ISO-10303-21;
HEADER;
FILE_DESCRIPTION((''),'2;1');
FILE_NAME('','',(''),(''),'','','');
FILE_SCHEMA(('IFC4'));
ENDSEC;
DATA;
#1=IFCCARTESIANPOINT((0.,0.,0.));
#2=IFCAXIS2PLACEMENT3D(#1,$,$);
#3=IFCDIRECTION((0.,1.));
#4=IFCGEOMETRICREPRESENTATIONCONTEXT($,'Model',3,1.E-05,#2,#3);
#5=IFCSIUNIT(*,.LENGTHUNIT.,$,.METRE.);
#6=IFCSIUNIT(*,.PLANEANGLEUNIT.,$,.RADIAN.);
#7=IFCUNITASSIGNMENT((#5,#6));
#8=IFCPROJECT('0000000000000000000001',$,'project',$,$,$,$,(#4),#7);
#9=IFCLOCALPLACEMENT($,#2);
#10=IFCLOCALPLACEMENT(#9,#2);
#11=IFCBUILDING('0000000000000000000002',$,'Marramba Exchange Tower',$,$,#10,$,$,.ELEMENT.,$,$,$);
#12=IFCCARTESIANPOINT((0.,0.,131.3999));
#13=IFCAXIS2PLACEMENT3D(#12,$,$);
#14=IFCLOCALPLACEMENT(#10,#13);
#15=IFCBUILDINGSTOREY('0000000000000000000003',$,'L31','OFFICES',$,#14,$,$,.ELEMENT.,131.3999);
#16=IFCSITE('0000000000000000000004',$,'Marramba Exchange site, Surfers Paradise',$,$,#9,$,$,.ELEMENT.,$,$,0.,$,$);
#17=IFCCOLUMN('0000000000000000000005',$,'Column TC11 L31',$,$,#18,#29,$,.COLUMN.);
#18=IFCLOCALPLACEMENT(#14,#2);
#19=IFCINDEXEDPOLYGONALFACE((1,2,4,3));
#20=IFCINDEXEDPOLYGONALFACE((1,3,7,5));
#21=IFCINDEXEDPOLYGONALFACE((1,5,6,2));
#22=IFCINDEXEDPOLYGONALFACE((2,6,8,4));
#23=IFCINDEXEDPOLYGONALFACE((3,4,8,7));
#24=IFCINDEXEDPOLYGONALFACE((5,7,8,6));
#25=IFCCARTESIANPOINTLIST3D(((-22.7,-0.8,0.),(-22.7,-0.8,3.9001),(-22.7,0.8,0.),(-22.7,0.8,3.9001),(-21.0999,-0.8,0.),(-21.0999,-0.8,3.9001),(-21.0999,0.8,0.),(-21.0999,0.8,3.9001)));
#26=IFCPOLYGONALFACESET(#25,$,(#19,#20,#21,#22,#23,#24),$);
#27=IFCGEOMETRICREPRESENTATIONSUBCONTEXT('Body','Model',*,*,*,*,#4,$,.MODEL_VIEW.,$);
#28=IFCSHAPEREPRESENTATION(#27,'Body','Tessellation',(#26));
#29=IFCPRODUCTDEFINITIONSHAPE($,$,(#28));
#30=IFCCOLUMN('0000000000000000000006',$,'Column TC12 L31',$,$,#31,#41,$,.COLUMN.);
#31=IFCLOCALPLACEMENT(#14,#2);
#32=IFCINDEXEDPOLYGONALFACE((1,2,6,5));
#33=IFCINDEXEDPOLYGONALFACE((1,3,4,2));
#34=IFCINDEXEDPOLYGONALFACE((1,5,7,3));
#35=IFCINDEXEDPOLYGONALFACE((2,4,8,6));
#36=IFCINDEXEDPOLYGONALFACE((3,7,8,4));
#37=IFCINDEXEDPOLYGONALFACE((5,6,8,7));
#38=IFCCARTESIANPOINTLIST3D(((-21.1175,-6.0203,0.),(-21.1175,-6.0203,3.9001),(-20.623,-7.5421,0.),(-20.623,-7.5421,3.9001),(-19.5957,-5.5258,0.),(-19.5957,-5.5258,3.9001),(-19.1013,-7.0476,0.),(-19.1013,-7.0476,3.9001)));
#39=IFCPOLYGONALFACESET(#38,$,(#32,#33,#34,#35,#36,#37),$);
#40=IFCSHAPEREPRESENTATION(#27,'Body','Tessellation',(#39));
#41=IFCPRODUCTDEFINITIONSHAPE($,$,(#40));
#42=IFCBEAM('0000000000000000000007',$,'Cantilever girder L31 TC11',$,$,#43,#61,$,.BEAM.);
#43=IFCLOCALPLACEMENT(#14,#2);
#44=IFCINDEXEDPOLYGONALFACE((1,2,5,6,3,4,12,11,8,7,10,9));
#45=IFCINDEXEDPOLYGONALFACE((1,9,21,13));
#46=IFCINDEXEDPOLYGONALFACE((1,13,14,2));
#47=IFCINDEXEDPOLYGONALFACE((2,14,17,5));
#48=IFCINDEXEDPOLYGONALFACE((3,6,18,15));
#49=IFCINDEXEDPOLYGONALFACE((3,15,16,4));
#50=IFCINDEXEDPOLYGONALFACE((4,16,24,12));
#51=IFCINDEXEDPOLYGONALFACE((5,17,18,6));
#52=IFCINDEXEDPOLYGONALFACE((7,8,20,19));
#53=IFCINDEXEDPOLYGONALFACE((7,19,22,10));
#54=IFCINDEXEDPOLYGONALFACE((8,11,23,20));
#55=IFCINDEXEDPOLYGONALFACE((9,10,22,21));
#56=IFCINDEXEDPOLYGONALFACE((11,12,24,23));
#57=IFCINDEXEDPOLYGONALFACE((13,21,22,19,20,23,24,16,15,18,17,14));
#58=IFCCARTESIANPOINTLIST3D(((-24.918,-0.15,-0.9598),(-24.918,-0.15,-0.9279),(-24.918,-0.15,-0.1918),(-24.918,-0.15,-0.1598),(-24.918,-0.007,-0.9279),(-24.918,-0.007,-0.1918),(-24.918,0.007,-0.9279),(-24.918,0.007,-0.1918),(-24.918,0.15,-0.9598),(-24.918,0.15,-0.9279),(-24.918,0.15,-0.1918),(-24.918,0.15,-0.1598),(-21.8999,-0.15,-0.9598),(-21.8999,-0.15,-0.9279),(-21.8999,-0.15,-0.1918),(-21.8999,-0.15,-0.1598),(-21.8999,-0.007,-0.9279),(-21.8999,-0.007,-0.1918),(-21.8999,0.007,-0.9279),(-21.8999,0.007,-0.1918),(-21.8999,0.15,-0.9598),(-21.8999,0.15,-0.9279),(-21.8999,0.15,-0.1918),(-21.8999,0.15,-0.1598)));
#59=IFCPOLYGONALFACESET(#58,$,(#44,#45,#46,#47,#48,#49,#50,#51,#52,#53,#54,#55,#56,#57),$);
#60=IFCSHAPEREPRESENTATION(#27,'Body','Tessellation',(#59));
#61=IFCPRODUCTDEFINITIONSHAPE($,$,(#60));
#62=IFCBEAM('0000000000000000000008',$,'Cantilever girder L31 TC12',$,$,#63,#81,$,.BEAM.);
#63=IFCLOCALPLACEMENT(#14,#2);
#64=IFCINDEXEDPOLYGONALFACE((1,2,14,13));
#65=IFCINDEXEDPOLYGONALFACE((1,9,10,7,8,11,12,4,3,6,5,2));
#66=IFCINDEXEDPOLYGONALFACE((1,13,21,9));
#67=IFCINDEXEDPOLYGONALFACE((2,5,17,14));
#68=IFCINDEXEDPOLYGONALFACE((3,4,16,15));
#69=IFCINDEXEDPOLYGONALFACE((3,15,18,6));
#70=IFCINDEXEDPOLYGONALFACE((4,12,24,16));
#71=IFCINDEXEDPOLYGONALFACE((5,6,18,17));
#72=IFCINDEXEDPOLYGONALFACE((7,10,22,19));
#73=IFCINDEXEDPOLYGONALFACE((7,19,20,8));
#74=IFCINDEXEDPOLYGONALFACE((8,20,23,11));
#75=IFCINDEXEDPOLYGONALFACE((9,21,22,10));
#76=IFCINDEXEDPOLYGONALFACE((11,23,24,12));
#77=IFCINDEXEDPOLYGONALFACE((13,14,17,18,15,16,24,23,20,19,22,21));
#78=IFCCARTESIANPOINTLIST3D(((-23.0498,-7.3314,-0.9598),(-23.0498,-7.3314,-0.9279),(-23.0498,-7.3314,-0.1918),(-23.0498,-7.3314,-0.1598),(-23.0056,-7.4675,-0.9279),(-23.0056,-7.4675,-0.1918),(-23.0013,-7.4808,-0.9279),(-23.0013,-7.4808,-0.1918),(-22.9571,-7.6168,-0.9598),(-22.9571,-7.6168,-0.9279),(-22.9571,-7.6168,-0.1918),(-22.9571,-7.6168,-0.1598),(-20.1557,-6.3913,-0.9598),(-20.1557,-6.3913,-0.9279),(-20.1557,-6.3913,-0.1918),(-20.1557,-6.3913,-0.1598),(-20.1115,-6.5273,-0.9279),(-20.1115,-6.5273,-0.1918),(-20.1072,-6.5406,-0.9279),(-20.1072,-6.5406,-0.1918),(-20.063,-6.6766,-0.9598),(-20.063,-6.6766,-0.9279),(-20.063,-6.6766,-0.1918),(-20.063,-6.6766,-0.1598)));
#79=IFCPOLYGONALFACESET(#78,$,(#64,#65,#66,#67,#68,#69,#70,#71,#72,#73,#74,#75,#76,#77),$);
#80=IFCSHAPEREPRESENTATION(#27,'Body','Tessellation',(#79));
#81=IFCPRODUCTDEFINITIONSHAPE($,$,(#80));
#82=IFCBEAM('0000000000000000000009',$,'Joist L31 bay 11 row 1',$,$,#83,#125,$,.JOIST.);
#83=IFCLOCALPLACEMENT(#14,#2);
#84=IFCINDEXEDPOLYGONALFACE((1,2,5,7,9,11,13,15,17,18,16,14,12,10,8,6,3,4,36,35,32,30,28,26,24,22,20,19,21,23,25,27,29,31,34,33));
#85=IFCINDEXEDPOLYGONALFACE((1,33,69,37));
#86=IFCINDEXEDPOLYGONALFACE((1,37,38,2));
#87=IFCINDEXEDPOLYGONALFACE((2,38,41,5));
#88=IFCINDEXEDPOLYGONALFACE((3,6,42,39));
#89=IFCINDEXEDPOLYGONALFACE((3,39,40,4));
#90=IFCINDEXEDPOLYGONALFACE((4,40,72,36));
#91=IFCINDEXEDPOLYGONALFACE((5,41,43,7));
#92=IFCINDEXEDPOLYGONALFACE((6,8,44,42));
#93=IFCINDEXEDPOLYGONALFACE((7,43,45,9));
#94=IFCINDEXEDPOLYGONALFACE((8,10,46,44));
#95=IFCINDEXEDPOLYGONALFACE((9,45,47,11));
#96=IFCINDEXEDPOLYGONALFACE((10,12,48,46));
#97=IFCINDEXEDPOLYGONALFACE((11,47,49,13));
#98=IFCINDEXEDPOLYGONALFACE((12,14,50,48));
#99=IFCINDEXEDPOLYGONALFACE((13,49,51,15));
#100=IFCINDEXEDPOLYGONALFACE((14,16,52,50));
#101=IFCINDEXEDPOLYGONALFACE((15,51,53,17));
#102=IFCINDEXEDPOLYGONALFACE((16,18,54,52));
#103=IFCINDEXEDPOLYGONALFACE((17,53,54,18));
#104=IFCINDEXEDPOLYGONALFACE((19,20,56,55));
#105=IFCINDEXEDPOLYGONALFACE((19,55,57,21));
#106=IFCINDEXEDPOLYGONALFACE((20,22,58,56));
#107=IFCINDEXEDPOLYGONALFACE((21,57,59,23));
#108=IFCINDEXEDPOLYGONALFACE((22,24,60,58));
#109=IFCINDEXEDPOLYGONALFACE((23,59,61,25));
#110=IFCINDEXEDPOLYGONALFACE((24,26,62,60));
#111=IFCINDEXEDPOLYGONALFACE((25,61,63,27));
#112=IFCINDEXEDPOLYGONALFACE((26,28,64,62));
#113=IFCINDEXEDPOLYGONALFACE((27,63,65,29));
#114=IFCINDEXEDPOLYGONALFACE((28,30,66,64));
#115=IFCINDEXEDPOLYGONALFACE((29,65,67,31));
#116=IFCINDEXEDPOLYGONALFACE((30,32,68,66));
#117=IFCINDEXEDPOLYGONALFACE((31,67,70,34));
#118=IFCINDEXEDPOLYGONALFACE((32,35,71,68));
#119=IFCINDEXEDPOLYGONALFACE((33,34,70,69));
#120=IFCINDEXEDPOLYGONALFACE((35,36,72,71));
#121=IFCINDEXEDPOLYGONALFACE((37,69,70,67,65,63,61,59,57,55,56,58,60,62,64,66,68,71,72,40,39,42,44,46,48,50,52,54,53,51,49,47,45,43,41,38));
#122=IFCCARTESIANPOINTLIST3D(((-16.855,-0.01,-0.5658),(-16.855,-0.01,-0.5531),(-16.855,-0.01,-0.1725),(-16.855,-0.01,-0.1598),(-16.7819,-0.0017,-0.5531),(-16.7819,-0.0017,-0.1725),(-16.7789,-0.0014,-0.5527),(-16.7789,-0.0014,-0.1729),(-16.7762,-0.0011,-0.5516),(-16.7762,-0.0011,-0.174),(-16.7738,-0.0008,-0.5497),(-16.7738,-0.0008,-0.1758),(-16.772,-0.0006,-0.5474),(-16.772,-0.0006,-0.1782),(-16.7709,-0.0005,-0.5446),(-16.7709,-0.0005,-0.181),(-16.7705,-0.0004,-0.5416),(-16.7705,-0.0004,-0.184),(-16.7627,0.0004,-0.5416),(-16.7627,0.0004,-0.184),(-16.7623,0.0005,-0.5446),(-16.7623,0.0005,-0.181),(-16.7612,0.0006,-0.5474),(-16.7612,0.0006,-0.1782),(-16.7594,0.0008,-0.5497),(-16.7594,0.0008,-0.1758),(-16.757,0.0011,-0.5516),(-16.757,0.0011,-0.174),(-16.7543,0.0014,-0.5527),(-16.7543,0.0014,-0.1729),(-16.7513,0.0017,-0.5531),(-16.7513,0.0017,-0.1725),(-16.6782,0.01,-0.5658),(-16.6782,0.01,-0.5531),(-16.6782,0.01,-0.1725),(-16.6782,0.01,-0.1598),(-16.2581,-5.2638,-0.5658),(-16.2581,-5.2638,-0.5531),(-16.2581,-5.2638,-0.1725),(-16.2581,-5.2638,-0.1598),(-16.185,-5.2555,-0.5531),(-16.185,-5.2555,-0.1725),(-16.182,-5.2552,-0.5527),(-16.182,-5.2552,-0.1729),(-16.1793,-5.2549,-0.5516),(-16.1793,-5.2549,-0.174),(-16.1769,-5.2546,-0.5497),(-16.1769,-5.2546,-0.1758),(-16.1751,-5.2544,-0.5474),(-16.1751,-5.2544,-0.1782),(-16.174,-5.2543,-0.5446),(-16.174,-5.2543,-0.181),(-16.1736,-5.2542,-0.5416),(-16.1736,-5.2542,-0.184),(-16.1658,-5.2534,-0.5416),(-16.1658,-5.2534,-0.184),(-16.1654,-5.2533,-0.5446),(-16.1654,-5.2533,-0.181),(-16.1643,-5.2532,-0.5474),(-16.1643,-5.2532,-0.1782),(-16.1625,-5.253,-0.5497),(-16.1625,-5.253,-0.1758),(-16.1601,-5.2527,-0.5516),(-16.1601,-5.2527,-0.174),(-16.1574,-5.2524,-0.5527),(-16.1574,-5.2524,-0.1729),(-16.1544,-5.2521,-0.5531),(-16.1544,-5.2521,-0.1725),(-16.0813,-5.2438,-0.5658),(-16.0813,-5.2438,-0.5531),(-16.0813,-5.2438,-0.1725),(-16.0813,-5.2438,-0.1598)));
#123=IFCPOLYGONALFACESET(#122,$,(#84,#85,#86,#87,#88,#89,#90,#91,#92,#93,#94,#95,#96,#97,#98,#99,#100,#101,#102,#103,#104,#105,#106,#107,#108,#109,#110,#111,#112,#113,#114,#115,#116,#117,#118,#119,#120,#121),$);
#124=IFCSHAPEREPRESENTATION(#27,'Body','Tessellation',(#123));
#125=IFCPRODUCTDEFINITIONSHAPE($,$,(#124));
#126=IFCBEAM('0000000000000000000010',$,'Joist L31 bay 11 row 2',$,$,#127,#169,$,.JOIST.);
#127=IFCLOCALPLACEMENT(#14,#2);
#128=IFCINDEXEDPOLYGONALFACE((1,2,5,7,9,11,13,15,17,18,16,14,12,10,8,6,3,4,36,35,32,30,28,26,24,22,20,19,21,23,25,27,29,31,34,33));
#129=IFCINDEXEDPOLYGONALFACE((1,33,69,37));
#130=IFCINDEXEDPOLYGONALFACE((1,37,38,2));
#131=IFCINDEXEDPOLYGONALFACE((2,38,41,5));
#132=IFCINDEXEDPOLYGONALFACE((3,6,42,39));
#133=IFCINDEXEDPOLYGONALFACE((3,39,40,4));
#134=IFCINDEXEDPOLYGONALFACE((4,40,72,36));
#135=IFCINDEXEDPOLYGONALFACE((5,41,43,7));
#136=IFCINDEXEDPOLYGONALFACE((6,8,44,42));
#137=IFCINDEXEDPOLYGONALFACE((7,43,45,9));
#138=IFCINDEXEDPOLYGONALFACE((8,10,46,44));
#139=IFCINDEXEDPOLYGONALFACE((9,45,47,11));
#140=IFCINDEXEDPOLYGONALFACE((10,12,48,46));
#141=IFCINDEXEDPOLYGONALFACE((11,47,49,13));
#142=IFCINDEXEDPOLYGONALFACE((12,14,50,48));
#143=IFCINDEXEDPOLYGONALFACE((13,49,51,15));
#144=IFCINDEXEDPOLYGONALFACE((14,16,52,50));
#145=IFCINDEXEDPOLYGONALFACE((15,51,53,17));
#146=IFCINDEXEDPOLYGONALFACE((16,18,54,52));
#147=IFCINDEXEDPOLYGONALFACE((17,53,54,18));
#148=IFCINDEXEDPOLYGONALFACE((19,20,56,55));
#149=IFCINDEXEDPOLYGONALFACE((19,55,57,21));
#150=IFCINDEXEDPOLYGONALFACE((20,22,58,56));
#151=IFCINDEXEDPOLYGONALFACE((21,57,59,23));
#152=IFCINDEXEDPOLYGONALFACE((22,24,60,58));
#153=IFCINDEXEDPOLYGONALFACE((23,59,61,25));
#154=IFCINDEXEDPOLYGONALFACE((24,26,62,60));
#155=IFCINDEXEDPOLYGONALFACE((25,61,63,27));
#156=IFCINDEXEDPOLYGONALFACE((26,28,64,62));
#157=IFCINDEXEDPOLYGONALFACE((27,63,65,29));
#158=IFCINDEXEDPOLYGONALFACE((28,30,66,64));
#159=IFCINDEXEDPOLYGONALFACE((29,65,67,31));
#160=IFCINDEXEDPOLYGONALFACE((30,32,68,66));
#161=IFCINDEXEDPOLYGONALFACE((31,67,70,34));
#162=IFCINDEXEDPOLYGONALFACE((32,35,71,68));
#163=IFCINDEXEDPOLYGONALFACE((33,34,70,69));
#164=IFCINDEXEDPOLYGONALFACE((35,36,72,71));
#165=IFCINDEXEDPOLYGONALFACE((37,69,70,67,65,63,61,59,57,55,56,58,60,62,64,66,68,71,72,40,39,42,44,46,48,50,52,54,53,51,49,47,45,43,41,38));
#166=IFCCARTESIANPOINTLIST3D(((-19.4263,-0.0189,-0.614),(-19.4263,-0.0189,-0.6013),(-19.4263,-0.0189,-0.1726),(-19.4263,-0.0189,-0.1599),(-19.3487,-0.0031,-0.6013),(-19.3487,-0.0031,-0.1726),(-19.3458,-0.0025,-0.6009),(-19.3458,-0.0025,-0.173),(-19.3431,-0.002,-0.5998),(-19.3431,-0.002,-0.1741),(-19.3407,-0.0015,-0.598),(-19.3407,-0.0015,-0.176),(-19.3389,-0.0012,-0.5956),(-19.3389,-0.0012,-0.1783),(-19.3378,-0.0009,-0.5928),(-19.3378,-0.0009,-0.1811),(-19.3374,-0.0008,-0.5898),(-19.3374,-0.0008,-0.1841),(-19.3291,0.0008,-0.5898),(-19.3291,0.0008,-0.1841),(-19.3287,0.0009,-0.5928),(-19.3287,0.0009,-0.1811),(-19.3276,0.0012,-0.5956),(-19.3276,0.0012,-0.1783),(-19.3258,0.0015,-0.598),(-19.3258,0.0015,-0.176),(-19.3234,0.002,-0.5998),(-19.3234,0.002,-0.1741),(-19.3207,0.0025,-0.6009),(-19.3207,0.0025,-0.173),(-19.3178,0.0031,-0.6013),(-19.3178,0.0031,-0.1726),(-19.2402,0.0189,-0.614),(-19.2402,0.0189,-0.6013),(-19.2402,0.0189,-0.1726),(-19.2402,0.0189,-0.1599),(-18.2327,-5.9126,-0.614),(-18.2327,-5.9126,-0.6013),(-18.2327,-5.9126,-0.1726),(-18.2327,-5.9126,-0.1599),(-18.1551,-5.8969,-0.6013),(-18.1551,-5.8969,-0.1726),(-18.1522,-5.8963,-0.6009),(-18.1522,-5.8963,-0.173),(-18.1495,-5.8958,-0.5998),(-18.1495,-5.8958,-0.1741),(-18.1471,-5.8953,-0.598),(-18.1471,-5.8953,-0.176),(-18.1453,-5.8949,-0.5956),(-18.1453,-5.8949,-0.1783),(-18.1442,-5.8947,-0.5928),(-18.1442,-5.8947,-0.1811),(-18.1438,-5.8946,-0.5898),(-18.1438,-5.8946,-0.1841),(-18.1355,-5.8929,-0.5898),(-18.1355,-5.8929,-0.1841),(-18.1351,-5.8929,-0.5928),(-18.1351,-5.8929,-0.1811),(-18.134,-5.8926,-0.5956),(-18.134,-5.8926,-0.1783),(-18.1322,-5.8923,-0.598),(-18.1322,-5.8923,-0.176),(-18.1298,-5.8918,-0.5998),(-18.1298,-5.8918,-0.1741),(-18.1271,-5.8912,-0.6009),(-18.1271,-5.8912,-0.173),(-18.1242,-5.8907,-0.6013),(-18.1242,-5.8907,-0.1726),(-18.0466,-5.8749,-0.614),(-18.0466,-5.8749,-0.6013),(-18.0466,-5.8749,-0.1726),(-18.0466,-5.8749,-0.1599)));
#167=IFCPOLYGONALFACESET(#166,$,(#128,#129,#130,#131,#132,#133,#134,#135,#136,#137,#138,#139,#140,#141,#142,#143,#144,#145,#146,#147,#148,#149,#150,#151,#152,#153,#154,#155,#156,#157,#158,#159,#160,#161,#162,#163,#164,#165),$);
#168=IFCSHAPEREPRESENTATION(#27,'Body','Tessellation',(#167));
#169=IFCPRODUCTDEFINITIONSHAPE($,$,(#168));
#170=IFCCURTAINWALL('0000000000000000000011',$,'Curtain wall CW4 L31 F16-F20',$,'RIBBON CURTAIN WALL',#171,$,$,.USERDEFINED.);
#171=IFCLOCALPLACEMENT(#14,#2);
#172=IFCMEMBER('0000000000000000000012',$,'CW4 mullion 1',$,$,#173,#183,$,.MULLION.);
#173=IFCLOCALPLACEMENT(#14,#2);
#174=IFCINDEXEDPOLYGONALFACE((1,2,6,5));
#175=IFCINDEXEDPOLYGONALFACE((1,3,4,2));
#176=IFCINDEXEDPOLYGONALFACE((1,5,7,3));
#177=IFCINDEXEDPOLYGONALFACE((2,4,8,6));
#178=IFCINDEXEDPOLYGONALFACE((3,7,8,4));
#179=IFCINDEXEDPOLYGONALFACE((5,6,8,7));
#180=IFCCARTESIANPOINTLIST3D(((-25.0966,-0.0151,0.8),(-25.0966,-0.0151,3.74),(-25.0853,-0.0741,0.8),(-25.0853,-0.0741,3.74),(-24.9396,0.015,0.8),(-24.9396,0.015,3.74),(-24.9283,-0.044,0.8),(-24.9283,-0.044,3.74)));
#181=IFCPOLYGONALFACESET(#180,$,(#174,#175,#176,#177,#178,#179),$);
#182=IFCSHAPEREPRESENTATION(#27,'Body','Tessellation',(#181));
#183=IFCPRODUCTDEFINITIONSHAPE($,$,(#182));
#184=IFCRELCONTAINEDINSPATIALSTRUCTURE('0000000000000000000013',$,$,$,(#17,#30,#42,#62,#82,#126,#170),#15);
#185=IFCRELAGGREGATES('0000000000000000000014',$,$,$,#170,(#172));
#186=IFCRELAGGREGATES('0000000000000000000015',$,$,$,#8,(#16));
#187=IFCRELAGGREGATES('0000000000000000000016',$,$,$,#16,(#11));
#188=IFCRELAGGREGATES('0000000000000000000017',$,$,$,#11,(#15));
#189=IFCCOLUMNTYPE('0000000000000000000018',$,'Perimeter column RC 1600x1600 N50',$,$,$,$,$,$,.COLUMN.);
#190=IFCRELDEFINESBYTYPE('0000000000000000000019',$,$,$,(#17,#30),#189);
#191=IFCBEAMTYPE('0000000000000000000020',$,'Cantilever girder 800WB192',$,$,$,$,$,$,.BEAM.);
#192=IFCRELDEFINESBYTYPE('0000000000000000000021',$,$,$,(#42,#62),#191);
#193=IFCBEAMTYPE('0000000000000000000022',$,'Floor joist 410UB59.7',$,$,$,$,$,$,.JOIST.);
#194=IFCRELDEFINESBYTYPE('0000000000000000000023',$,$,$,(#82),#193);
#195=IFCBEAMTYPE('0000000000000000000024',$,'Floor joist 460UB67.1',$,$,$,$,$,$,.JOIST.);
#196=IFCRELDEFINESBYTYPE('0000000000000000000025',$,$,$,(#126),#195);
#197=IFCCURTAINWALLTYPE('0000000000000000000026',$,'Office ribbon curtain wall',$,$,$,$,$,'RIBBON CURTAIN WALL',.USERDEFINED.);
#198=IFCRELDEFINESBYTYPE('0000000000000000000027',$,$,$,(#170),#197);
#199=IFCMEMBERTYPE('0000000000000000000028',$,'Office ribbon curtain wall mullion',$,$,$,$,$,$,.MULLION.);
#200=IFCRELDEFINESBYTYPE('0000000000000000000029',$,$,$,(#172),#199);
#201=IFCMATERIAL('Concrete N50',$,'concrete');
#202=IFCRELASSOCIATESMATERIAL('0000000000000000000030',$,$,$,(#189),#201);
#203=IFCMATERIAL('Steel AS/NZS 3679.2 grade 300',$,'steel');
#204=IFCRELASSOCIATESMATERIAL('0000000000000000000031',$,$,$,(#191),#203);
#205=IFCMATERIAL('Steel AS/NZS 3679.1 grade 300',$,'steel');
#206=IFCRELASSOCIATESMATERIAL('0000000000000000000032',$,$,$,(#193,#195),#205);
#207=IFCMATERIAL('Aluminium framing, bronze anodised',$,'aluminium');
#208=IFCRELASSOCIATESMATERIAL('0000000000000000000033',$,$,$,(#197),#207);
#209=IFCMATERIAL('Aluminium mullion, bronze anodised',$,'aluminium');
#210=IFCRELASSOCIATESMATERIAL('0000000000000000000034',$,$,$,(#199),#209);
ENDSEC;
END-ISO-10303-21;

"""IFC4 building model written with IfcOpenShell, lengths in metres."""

from ifc_helpers import new_model, si_unit, direction, frame, origin, origin_2d, place, context, subcontext, project, spatial, rectangle, i_section, extrude, material, material_profile, profile_set, type_object, element, aggregate, save


model = new_model("IFC4")

# Units and contexts
model_context = context("Model", 3, precision=1e-05, world=origin(), true_north=direction((0.0, 1.0)))
body_context = subcontext(model_context, "Body", "Model", "MODEL_VIEW")
ifc_project = project(units=[si_unit("LENGTHUNIT", "METRE"), si_unit("PLANEANGLEUNIT", "RADIAN")], contexts=[model_context])

# Site, building, storey
site_placement = place(None, origin())
site = spatial("IfcSite", under=ifc_project, at=site_placement, Name="Marramba Exchange site, Surfers Paradise", CompositionType="ELEMENT", RefElevation=0.0)
building_placement = place(site_placement, origin())
building = spatial("IfcBuilding", under=site, at=building_placement, Name="Marramba Exchange Tower", CompositionType="ELEMENT")
storey_placement = place(building_placement, frame((0.0, 0.0, 131.3999)))
storey = spatial("IfcBuildingStorey", under=building, at=storey_placement, Name="L31", Description="OFFICES", CompositionType="ELEMENT", Elevation=131.3999)

# Columns
ifc_material_1 = material(Name="Concrete N50", Category="concrete")
ifc_material_profile_1 = material_profile(ifc_material_1, rectangle(XDim=1.6001, YDim=1.6001, at=origin_2d()), Name="RC 1600x1600")
ifc_profile_set_1 = profile_set([ifc_material_profile_1], Name="Concrete N50")
column_type = type_object("IfcColumnType", Name="Perimeter column RC 1600x1600 N50", PredefinedType="COLUMN", material=ifc_profile_set_1)
for number, where, z_axis, x_axis, name in (
    (1, (-21.8999, 0.0, 0.0), (0.0, 0.0, 1.0), (-1.0, 0.0, 0.0), "Column TC11 L31"),
    (2, (-20.1094, -6.5339, 0.0), (0.0, 0.0, 1.0), (-0.951057, -0.309017, 0.0), "Column TC12 L31"),
):
    element("IfcColumn", number, at=place(storey_placement, frame(where, z_axis=z_axis, x_axis=x_axis)), inside=storey, type_object=column_type, Name=name, PredefinedType="COLUMN", context=body_context, shape_type="SweptSolid", body=[
        extrude(rectangle(XDim=1.6001, YDim=1.6001, at=origin_2d()), origin(), (0.0, 0.0, 1.0), 3.9001),
    ])

# Beams
ifc_material_2 = material(Name="Steel AS/NZS 3679.2 grade 300", Category="steel")
ifc_material_profile_2 = material_profile(ifc_material_2, i_section(OverallWidth=0.3, OverallDepth=0.8, WebThickness=0.0139, FlangeThickness=0.032, at=origin_2d()), Name="800WB192")
ifc_profile_set_2 = profile_set([ifc_material_profile_2], Name="Steel AS/NZS 3679.2 grade 300")
beam_type_1 = type_object("IfcBeamType", Name="Cantilever girder 800WB192", PredefinedType="BEAM", material=ifc_profile_set_2)
beam_1_placement = place(storey_placement, frame((-21.8999, 0.0, -0.5598), z_axis=(-1.0, 0.0, 0.0), x_axis=(0.0, -1.0, 0.0)))
element("IfcBeam", 3, at=beam_1_placement, inside=storey, type_object=beam_type_1, Name="Cantilever girder L31 TC11", PredefinedType="BEAM", context=body_context, shape_type="SweptSolid", body=[
    extrude(i_section(OverallWidth=0.3, OverallDepth=0.8, WebThickness=0.0139, FlangeThickness=0.032, at=origin_2d()), origin(), (0.0, 0.0, 1.0), 3.0181),
])
beam_2_placement = place(storey_placement, frame((-20.1094, -6.5339, -0.5598), z_axis=(-0.951071, -0.308974, 0.0), x_axis=(0.308974, -0.951071, 0.0)))
element("IfcBeam", 4, at=beam_2_placement, inside=storey, type_object=beam_type_1, Name="Cantilever girder L31 TC12", PredefinedType="BEAM", context=body_context, shape_type="SweptSolid", body=[
    extrude(i_section(OverallWidth=0.3, OverallDepth=0.8, WebThickness=0.0139, FlangeThickness=0.032, at=origin_2d()), origin(), (0.0, 0.0, 1.0), 3.043),
])
ifc_material_3 = material(Name="Steel AS/NZS 3679.1 grade 300", Category="steel")
ifc_material_profile_3 = material_profile(ifc_material_3, i_section(OverallWidth=0.178, OverallDepth=0.406, WebThickness=0.0078, FlangeThickness=0.0127, FilletRadius=0.0115, at=origin_2d()), Name="410UB59.7")
ifc_profile_set_3 = profile_set([ifc_material_profile_3], Name="Steel AS/NZS 3679.1 grade 300")
beam_type_2 = type_object("IfcBeamType", Name="Floor joist 410UB59.7", PredefinedType="JOIST", material=ifc_profile_set_3)
beam_3_placement = place(storey_placement, frame((-16.7666, 0.0, -0.3628), z_axis=(0.112889, -0.993608, 0.0), x_axis=(0.993608, 0.112889, 0.0)))
element("IfcBeam", 5, at=beam_3_placement, inside=storey, type_object=beam_type_2, Name="Joist L31 bay 11 row 1", PredefinedType="JOIST", context=body_context, shape_type="SweptSolid", body=[
    extrude(i_section(OverallWidth=0.178, OverallDepth=0.406, WebThickness=0.0078, FlangeThickness=0.0127, FilletRadius=0.0115, at=origin_2d()), origin(), (0.0, 0.0, 1.0), 5.2876),
])
ifc_material_profile_4 = material_profile(ifc_material_3, i_section(OverallWidth=0.1899, OverallDepth=0.4541, WebThickness=0.0085, FlangeThickness=0.0127, FilletRadius=0.0115, at=origin_2d()), Name="460UB67.1")
ifc_profile_set_4 = profile_set([ifc_material_profile_4], Name="Steel AS/NZS 3679.1 grade 300")
beam_type_3 = type_object("IfcBeamType", Name="Floor joist 460UB67.1", PredefinedType="JOIST", material=ifc_profile_set_4)
beam_4_placement = place(storey_placement, frame((-19.3333, 0.0, -0.387), z_axis=(0.198489, -0.980103, 0.0), x_axis=(0.980103, 0.198489, 0.0)))
element("IfcBeam", 6, at=beam_4_placement, inside=storey, type_object=beam_type_3, Name="Joist L31 bay 11 row 2", PredefinedType="JOIST", context=body_context, shape_type="SweptSolid", body=[
    extrude(i_section(OverallWidth=0.1899, OverallDepth=0.4541, WebThickness=0.0085, FlangeThickness=0.0127, FilletRadius=0.0115, at=origin_2d()), origin(), (0.0, 0.0, 1.0), 6.0134),
])

# Curtain wall, member
ifc_material_4 = material(Name="Aluminium framing, bronze anodised", Category="aluminium")
curtain_wall_type = type_object("IfcCurtainWallType", Name="Office ribbon curtain wall", ElementType="RIBBON CURTAIN WALL", PredefinedType="USERDEFINED", material=ifc_material_4)
curtain_wall_placement = place(storey_placement, origin())
curtain_wall = element("IfcCurtainWall", 7, at=curtain_wall_placement, inside=storey, type_object=curtain_wall_type, Name="Curtain wall CW4 L31 F16-F20", ObjectType="RIBBON CURTAIN WALL", PredefinedType="USERDEFINED")
ifc_material_5 = material(Name="Aluminium mullion, bronze anodised", Category="aluminium")
ifc_material_profile_5 = material_profile(ifc_material_5, rectangle(XDim=0.1599, YDim=0.0601, at=origin_2d()), Name="CW4 mullion 60x160")
ifc_profile_set_5 = profile_set([ifc_material_profile_5], Name="Aluminium mullion, bronze anodised")
member_type_1 = type_object("IfcMemberType", Name="Office ribbon curtain wall mullion", PredefinedType="MULLION", material=ifc_profile_set_5)
member_1_placement = place(storey_placement, frame((-25.0125, -0.0295, 0.8), z_axis=(0.0, 0.0, 1.0), x_axis=(0.982126, 0.188227, 0.0)))
member_1 = element("IfcMember", 8, at=member_1_placement, type_object=member_type_1, Name="CW4 mullion 1", PredefinedType="MULLION", context=body_context, shape_type="SweptSolid", body=[
    extrude(rectangle(XDim=0.1599, YDim=0.0601, at=origin_2d()), origin(), (0.0, 0.0, 1.0), 2.9399),
])

aggregate(curtain_wall, [member_1])

save(model, "model.ifc")
